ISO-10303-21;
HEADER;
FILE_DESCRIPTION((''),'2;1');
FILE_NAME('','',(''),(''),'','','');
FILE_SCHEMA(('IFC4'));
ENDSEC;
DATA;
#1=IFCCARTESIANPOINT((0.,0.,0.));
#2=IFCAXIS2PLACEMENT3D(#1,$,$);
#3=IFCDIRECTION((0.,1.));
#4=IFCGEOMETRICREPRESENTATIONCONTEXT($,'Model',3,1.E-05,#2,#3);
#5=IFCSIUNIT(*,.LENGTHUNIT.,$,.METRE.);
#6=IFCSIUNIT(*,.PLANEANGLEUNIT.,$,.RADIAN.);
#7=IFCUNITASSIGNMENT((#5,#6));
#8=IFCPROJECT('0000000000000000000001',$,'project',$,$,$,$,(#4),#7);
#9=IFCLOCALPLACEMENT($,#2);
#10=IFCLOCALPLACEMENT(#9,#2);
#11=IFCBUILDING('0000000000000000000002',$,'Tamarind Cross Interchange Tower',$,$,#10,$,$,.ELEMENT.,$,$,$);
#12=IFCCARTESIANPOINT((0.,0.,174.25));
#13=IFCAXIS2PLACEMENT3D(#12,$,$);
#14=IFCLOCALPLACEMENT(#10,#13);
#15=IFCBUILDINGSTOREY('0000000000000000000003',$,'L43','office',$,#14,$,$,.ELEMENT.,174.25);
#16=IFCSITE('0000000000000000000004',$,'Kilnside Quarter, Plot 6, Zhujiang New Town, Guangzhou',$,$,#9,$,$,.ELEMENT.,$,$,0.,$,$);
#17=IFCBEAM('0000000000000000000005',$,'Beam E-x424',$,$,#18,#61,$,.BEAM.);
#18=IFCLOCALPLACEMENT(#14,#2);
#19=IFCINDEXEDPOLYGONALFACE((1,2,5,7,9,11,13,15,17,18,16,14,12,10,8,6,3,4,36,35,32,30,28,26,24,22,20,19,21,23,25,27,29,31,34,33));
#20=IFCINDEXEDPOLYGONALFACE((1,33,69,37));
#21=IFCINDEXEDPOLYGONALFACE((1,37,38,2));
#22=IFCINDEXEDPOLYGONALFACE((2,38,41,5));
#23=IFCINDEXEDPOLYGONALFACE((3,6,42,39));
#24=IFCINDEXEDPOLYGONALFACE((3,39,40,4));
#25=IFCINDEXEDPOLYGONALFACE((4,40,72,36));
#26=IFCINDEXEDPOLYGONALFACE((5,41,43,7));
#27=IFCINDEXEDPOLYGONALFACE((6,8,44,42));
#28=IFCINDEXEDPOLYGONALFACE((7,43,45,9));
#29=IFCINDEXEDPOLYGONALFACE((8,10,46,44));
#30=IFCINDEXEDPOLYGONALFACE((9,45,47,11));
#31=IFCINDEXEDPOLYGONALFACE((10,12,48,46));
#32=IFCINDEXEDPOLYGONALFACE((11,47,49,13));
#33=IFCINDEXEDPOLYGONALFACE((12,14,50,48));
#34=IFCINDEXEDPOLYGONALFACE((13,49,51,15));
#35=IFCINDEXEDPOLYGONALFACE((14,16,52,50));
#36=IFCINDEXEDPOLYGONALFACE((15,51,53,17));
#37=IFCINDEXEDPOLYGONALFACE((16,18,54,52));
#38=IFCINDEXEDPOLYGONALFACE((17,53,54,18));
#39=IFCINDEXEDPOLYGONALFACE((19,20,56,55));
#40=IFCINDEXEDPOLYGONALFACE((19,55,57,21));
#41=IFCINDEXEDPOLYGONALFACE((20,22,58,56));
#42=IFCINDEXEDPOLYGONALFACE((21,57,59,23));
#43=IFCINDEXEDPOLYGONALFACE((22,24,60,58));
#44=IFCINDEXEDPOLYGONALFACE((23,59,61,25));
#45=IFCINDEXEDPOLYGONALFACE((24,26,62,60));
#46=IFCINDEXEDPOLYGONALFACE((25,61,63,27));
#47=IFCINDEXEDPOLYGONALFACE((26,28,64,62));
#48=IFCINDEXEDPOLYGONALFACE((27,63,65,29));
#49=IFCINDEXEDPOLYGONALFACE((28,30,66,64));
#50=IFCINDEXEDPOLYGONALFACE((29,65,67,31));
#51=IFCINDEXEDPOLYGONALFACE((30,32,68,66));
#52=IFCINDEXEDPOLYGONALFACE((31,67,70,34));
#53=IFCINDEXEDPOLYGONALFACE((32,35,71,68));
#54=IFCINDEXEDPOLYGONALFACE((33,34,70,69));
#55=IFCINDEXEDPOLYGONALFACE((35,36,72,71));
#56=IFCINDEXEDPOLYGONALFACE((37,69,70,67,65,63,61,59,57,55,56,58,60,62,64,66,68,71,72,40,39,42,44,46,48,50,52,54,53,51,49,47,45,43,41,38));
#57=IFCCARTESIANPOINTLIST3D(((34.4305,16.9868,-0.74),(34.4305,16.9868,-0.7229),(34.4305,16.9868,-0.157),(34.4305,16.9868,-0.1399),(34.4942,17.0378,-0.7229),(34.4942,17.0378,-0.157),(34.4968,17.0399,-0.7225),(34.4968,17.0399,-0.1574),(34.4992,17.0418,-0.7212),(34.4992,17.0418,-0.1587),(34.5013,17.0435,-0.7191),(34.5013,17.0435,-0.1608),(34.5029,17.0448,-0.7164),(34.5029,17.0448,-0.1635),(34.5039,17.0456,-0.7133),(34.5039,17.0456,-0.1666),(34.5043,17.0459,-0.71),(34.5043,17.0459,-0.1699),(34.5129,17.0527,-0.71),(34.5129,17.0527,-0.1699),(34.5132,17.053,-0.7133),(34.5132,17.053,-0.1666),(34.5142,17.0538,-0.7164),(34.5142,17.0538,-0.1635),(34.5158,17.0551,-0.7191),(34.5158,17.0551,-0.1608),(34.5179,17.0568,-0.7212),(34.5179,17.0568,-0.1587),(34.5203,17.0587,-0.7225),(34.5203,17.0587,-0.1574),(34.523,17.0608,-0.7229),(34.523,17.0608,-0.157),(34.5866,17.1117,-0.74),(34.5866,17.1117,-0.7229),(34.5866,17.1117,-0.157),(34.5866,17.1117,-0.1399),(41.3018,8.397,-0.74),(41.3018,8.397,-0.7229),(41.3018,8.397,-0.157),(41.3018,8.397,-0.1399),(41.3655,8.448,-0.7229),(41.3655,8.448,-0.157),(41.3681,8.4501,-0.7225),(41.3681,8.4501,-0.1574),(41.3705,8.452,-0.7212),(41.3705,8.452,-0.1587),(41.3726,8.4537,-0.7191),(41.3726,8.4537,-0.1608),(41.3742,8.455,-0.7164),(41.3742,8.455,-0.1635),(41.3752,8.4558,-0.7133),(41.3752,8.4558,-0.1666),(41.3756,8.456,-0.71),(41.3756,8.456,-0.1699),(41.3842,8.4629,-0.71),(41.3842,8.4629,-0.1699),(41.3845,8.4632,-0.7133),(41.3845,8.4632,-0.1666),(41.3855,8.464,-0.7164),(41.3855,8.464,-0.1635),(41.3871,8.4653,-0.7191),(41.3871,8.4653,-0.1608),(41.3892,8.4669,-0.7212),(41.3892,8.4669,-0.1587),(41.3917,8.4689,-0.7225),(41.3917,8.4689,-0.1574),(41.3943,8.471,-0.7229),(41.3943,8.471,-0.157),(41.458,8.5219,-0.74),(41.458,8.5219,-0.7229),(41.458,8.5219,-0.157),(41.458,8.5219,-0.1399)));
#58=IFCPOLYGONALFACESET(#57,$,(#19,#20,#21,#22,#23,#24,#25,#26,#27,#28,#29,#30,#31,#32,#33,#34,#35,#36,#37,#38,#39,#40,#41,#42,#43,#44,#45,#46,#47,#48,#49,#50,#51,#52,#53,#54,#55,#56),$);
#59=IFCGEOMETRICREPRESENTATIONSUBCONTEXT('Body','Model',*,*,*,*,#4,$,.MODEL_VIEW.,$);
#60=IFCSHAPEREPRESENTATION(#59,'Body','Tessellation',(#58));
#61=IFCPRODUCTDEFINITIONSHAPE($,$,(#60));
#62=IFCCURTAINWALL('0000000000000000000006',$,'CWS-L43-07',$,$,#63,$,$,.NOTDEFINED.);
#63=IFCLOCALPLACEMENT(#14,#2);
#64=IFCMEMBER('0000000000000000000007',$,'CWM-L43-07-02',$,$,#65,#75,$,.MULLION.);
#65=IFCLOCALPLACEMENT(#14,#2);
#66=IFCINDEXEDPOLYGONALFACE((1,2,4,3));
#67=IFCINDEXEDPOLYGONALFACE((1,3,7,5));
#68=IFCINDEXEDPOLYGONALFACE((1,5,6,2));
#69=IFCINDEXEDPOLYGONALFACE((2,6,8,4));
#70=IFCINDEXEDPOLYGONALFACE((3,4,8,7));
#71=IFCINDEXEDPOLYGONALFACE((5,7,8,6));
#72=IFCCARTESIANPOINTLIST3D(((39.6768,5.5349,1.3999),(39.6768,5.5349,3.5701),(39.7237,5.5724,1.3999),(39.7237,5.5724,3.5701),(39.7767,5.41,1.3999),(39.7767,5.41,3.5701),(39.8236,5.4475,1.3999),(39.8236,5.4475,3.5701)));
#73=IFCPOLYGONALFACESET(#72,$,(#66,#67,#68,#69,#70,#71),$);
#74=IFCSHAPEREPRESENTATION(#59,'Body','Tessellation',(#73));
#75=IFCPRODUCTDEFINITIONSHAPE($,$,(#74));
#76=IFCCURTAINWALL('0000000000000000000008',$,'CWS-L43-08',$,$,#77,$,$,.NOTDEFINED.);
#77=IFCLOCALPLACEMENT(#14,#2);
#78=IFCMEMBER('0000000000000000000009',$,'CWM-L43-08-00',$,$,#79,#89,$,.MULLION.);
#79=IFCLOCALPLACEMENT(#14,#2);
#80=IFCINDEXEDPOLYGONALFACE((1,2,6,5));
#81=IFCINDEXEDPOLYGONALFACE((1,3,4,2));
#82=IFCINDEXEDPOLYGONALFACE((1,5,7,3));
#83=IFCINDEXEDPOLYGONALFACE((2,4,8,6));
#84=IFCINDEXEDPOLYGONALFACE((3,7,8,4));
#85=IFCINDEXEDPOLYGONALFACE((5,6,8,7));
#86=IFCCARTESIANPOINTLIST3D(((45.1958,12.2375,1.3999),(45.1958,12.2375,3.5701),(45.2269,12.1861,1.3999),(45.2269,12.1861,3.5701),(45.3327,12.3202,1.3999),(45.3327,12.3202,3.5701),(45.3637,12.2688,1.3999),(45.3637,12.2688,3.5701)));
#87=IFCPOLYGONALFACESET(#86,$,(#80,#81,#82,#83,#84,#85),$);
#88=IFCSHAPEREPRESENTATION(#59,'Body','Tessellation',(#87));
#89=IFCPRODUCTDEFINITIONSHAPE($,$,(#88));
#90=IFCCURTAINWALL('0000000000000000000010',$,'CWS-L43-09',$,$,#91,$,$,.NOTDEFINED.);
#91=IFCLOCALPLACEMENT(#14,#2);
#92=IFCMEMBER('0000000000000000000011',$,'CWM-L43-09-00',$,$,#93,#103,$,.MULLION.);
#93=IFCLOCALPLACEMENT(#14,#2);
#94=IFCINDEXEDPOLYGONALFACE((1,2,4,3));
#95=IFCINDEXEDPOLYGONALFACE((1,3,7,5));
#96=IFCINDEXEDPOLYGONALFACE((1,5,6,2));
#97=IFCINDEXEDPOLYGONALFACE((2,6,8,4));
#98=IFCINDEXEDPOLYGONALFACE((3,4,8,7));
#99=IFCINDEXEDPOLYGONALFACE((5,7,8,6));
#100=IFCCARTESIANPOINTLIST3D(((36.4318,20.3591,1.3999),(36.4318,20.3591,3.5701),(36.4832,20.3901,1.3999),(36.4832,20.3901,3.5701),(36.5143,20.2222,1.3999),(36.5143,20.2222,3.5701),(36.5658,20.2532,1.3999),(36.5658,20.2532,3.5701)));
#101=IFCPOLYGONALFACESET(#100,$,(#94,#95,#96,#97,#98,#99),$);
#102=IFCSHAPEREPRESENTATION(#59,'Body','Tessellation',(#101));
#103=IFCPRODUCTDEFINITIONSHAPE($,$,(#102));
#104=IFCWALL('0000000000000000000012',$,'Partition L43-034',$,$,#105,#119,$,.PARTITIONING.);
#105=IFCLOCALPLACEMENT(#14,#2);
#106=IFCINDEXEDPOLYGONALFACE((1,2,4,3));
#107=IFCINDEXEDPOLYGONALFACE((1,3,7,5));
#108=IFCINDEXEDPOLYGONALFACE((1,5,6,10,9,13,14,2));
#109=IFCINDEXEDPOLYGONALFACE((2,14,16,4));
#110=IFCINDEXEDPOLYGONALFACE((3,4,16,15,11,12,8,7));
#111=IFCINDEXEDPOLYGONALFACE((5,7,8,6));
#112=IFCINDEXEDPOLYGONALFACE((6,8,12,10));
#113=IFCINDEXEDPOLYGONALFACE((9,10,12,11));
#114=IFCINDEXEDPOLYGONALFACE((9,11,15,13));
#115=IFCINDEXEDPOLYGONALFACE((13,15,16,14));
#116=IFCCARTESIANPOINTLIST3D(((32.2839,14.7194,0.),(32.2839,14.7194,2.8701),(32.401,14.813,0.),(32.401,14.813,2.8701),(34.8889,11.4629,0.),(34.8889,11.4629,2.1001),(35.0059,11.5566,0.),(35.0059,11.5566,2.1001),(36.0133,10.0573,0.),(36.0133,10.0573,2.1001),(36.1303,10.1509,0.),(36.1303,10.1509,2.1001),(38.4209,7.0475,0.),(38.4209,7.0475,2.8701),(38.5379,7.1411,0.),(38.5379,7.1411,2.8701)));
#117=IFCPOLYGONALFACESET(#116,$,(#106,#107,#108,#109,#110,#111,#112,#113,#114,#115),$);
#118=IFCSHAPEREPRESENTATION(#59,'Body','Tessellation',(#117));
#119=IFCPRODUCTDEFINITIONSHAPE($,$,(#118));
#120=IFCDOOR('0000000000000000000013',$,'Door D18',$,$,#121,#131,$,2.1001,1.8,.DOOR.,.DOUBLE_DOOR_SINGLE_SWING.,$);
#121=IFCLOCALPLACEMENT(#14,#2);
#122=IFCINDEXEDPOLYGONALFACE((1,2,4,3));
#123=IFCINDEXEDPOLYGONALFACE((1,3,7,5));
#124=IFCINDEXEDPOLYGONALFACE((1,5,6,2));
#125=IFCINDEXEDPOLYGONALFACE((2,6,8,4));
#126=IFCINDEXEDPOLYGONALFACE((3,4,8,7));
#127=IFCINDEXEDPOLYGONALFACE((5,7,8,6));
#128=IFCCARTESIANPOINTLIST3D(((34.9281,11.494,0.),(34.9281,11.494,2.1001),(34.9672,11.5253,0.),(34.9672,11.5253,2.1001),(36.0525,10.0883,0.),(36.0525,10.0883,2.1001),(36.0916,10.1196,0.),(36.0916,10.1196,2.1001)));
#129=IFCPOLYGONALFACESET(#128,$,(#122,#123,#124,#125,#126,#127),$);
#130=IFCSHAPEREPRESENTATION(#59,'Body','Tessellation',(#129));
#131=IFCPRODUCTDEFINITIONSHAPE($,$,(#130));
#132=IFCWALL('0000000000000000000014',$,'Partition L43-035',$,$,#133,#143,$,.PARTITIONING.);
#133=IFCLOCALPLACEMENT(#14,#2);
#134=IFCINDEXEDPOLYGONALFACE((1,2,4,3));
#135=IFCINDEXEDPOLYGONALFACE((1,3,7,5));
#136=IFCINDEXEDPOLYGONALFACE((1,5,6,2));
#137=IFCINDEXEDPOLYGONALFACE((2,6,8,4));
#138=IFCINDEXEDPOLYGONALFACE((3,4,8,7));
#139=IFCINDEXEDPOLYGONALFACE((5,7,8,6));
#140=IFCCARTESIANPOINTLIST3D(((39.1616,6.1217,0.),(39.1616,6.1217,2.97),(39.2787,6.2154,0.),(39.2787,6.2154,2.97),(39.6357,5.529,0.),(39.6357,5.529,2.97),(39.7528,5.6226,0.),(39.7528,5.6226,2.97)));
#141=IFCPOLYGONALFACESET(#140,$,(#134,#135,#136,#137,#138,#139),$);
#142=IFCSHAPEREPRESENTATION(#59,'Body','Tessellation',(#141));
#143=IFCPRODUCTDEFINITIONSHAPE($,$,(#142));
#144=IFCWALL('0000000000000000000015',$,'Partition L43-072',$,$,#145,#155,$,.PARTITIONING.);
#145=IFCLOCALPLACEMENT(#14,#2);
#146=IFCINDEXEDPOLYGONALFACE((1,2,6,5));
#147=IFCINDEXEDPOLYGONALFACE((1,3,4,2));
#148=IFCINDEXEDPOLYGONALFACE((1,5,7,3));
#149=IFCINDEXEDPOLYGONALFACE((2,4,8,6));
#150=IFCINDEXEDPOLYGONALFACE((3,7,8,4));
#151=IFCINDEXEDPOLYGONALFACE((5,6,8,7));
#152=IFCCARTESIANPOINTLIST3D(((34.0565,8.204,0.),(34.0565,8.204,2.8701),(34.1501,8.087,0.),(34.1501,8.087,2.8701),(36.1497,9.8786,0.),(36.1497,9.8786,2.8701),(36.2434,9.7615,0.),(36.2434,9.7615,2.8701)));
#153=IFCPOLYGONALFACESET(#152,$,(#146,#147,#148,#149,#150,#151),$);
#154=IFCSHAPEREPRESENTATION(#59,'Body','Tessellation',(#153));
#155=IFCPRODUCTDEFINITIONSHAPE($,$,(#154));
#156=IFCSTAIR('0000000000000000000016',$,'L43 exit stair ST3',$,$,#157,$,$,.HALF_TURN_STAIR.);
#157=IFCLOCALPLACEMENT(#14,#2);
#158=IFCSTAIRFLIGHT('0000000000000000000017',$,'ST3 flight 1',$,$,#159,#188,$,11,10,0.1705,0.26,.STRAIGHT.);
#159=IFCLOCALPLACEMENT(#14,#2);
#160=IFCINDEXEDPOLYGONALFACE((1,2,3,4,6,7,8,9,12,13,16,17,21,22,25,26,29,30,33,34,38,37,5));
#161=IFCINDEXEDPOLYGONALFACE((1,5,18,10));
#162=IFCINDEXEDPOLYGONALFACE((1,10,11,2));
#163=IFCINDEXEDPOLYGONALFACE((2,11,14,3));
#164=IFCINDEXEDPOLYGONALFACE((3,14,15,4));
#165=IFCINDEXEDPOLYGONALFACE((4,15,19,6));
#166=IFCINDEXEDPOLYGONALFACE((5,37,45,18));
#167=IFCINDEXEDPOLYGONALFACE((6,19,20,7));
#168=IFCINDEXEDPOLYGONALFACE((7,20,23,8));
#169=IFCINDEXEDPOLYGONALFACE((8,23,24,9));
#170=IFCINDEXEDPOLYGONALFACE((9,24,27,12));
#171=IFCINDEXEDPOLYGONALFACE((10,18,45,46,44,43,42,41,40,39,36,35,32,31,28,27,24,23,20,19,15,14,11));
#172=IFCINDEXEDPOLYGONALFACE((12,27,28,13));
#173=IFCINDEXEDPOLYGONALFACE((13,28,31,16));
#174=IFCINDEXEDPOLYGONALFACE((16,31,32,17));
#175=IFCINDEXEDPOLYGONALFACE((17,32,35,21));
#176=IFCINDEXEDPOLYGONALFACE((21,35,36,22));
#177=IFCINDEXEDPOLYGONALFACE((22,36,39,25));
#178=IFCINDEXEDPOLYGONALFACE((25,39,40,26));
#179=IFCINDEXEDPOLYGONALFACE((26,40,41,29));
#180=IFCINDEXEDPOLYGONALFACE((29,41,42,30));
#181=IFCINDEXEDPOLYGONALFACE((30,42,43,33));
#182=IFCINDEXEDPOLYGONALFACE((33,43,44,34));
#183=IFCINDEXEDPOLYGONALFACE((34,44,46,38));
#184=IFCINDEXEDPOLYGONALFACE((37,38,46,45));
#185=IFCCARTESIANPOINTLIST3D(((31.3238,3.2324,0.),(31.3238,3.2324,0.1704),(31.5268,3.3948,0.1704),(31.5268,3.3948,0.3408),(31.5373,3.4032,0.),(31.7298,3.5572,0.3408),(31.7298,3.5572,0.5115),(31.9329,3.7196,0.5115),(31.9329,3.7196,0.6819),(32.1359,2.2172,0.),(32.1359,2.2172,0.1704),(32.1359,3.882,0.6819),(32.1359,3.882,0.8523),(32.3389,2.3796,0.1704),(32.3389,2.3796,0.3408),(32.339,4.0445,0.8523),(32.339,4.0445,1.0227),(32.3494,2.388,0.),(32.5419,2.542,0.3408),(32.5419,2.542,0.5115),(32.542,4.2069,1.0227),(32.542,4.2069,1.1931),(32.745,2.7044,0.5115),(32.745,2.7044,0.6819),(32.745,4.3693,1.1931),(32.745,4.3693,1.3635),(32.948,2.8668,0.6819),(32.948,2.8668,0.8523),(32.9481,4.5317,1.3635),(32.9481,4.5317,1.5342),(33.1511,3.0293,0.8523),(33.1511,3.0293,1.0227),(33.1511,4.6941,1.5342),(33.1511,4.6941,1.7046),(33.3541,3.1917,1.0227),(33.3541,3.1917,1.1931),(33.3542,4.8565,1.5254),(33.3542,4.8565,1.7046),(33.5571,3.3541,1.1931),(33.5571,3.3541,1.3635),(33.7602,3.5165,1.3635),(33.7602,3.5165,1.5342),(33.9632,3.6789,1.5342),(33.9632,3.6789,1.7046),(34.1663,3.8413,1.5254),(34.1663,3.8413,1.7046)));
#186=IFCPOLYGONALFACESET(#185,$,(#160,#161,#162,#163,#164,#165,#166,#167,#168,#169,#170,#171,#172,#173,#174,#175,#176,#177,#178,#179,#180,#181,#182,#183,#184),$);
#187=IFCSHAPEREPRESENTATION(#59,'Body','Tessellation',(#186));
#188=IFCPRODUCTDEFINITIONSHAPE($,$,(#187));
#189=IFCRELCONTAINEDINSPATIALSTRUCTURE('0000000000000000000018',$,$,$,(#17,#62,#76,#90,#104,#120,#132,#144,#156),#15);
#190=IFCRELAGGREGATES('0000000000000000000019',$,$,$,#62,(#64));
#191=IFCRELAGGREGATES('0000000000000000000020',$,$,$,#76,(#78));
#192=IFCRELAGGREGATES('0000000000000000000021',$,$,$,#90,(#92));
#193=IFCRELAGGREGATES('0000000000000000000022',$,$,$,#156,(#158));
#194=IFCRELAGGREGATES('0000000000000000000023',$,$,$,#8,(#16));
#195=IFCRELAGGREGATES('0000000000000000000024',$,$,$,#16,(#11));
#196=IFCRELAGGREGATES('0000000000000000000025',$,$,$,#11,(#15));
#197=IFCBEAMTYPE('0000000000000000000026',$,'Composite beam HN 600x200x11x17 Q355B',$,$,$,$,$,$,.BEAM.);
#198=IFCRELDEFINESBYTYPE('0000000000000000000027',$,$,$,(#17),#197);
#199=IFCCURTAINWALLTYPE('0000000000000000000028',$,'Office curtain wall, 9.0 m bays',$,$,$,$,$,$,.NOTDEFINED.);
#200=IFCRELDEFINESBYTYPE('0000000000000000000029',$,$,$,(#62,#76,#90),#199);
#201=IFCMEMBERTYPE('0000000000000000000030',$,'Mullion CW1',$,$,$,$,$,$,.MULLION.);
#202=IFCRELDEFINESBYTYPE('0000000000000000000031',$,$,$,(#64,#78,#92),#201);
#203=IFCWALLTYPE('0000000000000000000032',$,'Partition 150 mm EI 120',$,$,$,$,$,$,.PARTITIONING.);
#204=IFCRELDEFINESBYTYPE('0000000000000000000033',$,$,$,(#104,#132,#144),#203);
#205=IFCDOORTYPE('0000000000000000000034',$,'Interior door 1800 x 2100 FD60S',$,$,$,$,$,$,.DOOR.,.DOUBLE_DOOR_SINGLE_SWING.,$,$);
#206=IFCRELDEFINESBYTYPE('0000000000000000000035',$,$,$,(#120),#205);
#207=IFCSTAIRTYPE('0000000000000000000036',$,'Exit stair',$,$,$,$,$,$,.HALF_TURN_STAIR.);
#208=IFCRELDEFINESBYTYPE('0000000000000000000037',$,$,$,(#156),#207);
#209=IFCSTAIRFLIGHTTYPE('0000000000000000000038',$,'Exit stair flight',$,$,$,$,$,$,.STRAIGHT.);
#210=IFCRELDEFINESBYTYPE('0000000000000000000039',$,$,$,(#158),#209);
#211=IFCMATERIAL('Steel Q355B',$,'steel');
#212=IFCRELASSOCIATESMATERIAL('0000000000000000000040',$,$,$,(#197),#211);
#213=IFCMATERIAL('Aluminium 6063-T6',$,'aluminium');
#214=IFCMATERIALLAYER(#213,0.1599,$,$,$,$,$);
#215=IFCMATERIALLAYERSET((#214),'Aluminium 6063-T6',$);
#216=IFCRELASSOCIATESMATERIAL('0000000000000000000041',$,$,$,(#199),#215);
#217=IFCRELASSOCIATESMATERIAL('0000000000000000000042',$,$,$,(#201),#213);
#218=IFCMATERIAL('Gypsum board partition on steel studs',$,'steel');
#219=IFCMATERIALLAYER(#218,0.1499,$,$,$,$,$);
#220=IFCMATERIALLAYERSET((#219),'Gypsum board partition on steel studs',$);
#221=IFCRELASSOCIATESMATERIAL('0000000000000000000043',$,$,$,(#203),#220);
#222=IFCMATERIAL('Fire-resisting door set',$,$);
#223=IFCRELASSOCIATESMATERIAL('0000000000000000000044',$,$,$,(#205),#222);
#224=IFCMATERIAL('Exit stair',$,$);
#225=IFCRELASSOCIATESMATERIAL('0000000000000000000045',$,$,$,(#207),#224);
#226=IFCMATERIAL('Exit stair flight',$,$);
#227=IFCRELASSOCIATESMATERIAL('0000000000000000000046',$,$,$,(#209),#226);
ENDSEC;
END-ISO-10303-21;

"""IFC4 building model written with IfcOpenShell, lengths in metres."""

from ifc_helpers import new_model, si_unit, direction, frame, frame_2d, origin, origin_2d, place, context, subcontext, project, spatial, polyline, rectangle, i_section, outline, extrude, material, layer, layer_set, material_profile, profile_set, type_object, element, fill, aggregate, save


model = new_model("IFC4")

# Units and contexts
model_context = context("Model", 3, precision=1e-05, world=origin(), true_north=direction((0.0, 1.0)))
body_context = subcontext(model_context, "Body", "Model", "MODEL_VIEW")
ifc_project = project(units=[si_unit("LENGTHUNIT", "METRE"), si_unit("PLANEANGLEUNIT", "RADIAN")], contexts=[model_context])

# Site, building, storey
site_placement = place(None, origin())
site = spatial("IfcSite", under=ifc_project, at=site_placement, Name="Kilnside Quarter, Plot 6, Zhujiang New Town, Guangzhou", CompositionType="ELEMENT", RefElevation=0.0)
building_placement = place(site_placement, origin())
building = spatial("IfcBuilding", under=site, at=building_placement, Name="Tamarind Cross Interchange Tower", CompositionType="ELEMENT")
storey_placement = place(building_placement, frame((0.0, 0.0, 174.25)))
storey = spatial("IfcBuildingStorey", under=building, at=storey_placement, Name="L43", Description="office", CompositionType="ELEMENT", Elevation=174.25)

# Beam
ifc_material_1 = material(Name="Steel Q355B", Category="steel")
ifc_material_profile_1 = material_profile(ifc_material_1, i_section(OverallWidth=0.2, OverallDepth=0.6001, WebThickness=0.011, FlangeThickness=0.0171, FilletRadius=0.0129, at=origin_2d()), Name="HN 600x200x11x17")
ifc_profile_set_1 = profile_set([ifc_material_profile_1], Name="Steel Q355B")
beam_type_1 = type_object("IfcBeamType", Name="Composite beam HN 600x200x11x17 Q355B", PredefinedType="BEAM", material=ifc_profile_set_1)
for number, where, z_axis, x_axis, name in (
    (1, (41.3799, 8.4595, -0.4399), (-0.624665, 0.780893, 0.0), (-0.780893, -0.624665, 0.0), "Beam E-x424"),
):
    element("IfcBeam", number, at=place(storey_placement, frame(where, z_axis=z_axis, x_axis=x_axis)), inside=storey, type_object=beam_type_1, Name=name, PredefinedType="BEAM", context=body_context, shape_type="SweptSolid", body=[
        extrude(i_section(OverallWidth=0.2, OverallDepth=0.6001, WebThickness=0.011, FlangeThickness=0.0171, FilletRadius=0.0129, at=origin_2d()), origin(), (0.0, 0.0, 1.0), 11.0),
    ])

# Curtain walls, members
ifc_material_2 = material(Name="Aluminium 6063-T6", Category="aluminium")
ifc_layer_1 = layer(ifc_material_2, 0.1599)
ifc_layer_set_1 = layer_set([ifc_layer_1], Name="Aluminium 6063-T6")
curtain_wall_type = type_object("IfcCurtainWallType", Name="Office curtain wall, 9.0 m bays", PredefinedType="NOTDEFINED", material=ifc_layer_set_1)
curtain_wall_1_placement = place(storey_placement, origin())
curtain_wall_1 = element("IfcCurtainWall", 2, at=curtain_wall_1_placement, inside=storey, type_object=curtain_wall_type, Name="CWS-L43-07", PredefinedType="NOTDEFINED")
ifc_material_profile_2 = material_profile(ifc_material_2, rectangle(XDim=0.0601, YDim=0.1599, at=origin_2d()), Name="Mullion CW1")
ifc_profile_set_2 = profile_set([ifc_material_profile_2], Name="Aluminium 6063-T6")
member_type = type_object("IfcMemberType", Name="Mullion CW1", PredefinedType="MULLION", material=ifc_profile_set_2)
member_1_placement = place(storey_placement, frame((39.7502, 5.4912, 1.3999), z_axis=(0.0, 0.0, 1.0), x_axis=(0.780893, 0.624665, 0.0)))
member_1 = element("IfcMember", 3, at=member_1_placement, type_object=member_type, Name="CWM-L43-07-02", PredefinedType="MULLION", context=body_context, shape_type="SweptSolid", body=[
    extrude(rectangle(XDim=0.0601, YDim=0.1599, at=origin_2d()), origin(), (0.0, 0.0, 1.0), 2.1702),
])
aggregate(curtain_wall_1, [member_1])
curtain_wall_2_placement = place(storey_placement, origin())
curtain_wall_2 = element("IfcCurtainWall", 4, at=curtain_wall_2_placement, inside=storey, type_object=curtain_wall_type, Name="CWS-L43-08", PredefinedType="NOTDEFINED")
member_2_placement = place(storey_placement, frame((45.2798, 12.2532, 1.3999), z_axis=(0.0, 0.0, 1.0), x_axis=(-0.517394, 0.855747, 0.0)))
member_2 = element("IfcMember", 5, at=member_2_placement, type_object=member_type, Name="CWM-L43-08-00", PredefinedType="MULLION", context=body_context, shape_type="SweptSolid", body=[
    extrude(rectangle(XDim=0.0601, YDim=0.1599, at=origin_2d()), origin(), (0.0, 0.0, 1.0), 2.1702),
])
aggregate(curtain_wall_2, [member_2])
curtain_wall_3_placement = place(storey_placement, origin())
curtain_wall_3 = element("IfcCurtainWall", 6, at=curtain_wall_3_placement, inside=storey, type_object=curtain_wall_type, Name="CWS-L43-09", PredefinedType="NOTDEFINED")
member_3_placement = place(storey_placement, frame((36.4988, 20.3062, 1.3999), z_axis=(0.0, 0.0, 1.0), x_axis=(-0.856455, -0.516222, 0.0)))
member_3 = element("IfcMember", 7, at=member_3_placement, type_object=member_type, Name="CWM-L43-09-00", PredefinedType="MULLION", context=body_context, shape_type="SweptSolid", body=[
    extrude(rectangle(XDim=0.0601, YDim=0.1599, at=origin_2d()), origin(), (0.0, 0.0, 1.0), 2.1702),
])
aggregate(curtain_wall_3, [member_3])

# Wall, opening, door
ifc_material_3 = material(Name="Gypsum board partition on steel studs", Category="steel")
ifc_layer_2 = layer(ifc_material_3, 0.1499)
ifc_layer_set_2 = layer_set([ifc_layer_2], Name="Gypsum board partition on steel studs")
wall_type = type_object("IfcWallType", Name="Partition 150 mm EI 120", PredefinedType="PARTITIONING", material=ifc_layer_set_2)
wall_1_placement = place(storey_placement, frame((32.3425, 14.7661, 0.0), z_axis=(0.0, 0.0, 1.0), x_axis=(0.624662, -0.780895, 0.0)))
wall_1 = element("IfcWall", 8, at=wall_1_placement, inside=storey, type_object=wall_type, Name="Partition L43-034", PredefinedType="PARTITIONING", context=body_context, shape_type="SweptSolid", body=[
    extrude(rectangle(XDim=9.8245, YDim=0.1499, at=frame_2d((4.9121, 0.0))), origin(), (0.0, 0.0, 1.0), 2.8701),
])
opening_placement = place(wall_1_placement, frame((4.1702, 0.0, 0.0)))
opening = element("IfcOpeningElement", 9, at=opening_placement, cuts=wall_1, PredefinedType="OPENING", context=body_context, shape_type="SweptSolid", body=[
    extrude(rectangle(XDim=1.8, YDim=2.1001, at=frame_2d((0.8999, 1.05))), frame((0.0, 0.085, 0.0), z_axis=(0.0, -1.0, 0.0), x_axis=(1.0, 0.0, 0.0)), (0.0, 0.0, 1.0), 0.1699),
])
ifc_material_4 = material(Name="Fire-resisting door set")
door_type = type_object("IfcDoorType", Name="Interior door 1800 x 2100 FD60S", OperationType="DOUBLE_DOOR_SINGLE_SWING", PredefinedType="DOOR", material=ifc_material_4)
door_placement = place(opening_placement, frame((1.8, 0.0, 0.0), z_axis=(0.0, 0.0, 1.0), x_axis=(-1.0, 0.0, 0.0)))
door = element("IfcDoor", 10, at=door_placement, inside=storey, type_object=door_type, Name="Door D18", OperationType="DOUBLE_DOOR_SINGLE_SWING", OverallHeight=2.1001, OverallWidth=1.8, PredefinedType="DOOR", context=body_context, shape_type="SweptSolid", body=[
    extrude(rectangle(XDim=1.8, YDim=2.1001, at=frame_2d((0.8999, 1.05))), frame((0.0, 0.0249, 0.0), z_axis=(0.0, -1.0, 0.0), x_axis=(1.0, 0.0, 0.0)), (0.0, 0.0, 1.0), 0.05),
])
fill(opening, door)

# Walls
wall_2_placement = place(storey_placement, frame((39.2202, 6.1685, 0.0), z_axis=(0.0, 0.0, 1.0), x_axis=(0.624617, -0.780932, 0.0)))
element("IfcWall", 11, at=wall_2_placement, inside=storey, type_object=wall_type, Name="Partition L43-035", PredefinedType="PARTITIONING", context=body_context, shape_type="SweptSolid", body=[
    extrude(rectangle(XDim=0.759, YDim=0.1499, at=frame_2d((0.3794, 0.0))), origin(), (0.0, 0.0, 1.0), 2.97),
])
wall_3_placement = place(storey_placement, frame((34.1033, 8.1455, 0.0), z_axis=(0.0, 0.0, 1.0), x_axis=(0.780878, 0.624684, 0.0)))
element("IfcWall", 12, at=wall_3_placement, inside=storey, type_object=wall_type, Name="Partition L43-072", PredefinedType="PARTITIONING", context=body_context, shape_type="SweptSolid", body=[
    extrude(rectangle(XDim=2.6807, YDim=0.1499, at=frame_2d((1.3403, 0.0))), origin(), (0.0, 0.0, 1.0), 2.8701),
])

# Stair, stair flight
ifc_material_5 = material(Name="Exit stair")
stair_type = type_object("IfcStairType", Name="Exit stair", PredefinedType="HALF_TURN_STAIR", material=ifc_material_5)
stair_placement = place(storey_placement, origin())
stair = element("IfcStair", 13, at=stair_placement, inside=storey, type_object=stair_type, Name="L43 exit stair ST3", PredefinedType="HALF_TURN_STAIR")
ifc_material_6 = material(Name="Exit stair flight")
stair_flight_type = type_object("IfcStairFlightType", Name="Exit stair flight", PredefinedType="STRAIGHT", material=ifc_material_6)
stair_flight_1_placement = place(storey_placement, frame((31.7297, 2.7249, 0.0), z_axis=(0.0, 0.0, 1.0), x_axis=(0.780893, 0.624665, 0.0)))
stair_flight_1 = element("IfcStairFlight", 14, at=stair_flight_1_placement, type_object=stair_flight_type, Name="ST3 flight 1", NumberOfRisers=11, NumberOfTreads=10, PredefinedType="STRAIGHT", RiserHeight=0.1705, TreadLength=0.26, context=body_context, shape_type="SweptSolid", body=[
    extrude(outline(polyline([(0.0, 0.0), (0.0, 0.1704), (0.26, 0.1704), (0.26, 0.3408), (0.52, 0.3408), (0.52, 0.5115), (0.78, 0.5115), (0.78, 0.6819), (1.04, 0.6819), (1.04, 0.8523), (1.3, 0.8523), (1.3, 1.0227), (1.5601, 1.0227), (1.5601, 1.1931), (1.8201, 1.1931), (1.8201, 1.3635), (2.0801, 1.3635), (2.0801, 1.5342), (2.3401, 1.5342), (2.3401, 1.7046), (2.6001, 1.7046), (2.6001, 1.875), (2.6001, 1.5254), (0.2734, 0.0), (0.0, 0.0)])), frame((0.0, 0.6499, 0.0), z_axis=(0.0, -1.0, 0.0), x_axis=(1.0, 0.0, 0.0)), (0.0, 0.0, 1.0), 1.3),
])
aggregate(stair, [stair_flight_1])

save(model, "model.ifc")
